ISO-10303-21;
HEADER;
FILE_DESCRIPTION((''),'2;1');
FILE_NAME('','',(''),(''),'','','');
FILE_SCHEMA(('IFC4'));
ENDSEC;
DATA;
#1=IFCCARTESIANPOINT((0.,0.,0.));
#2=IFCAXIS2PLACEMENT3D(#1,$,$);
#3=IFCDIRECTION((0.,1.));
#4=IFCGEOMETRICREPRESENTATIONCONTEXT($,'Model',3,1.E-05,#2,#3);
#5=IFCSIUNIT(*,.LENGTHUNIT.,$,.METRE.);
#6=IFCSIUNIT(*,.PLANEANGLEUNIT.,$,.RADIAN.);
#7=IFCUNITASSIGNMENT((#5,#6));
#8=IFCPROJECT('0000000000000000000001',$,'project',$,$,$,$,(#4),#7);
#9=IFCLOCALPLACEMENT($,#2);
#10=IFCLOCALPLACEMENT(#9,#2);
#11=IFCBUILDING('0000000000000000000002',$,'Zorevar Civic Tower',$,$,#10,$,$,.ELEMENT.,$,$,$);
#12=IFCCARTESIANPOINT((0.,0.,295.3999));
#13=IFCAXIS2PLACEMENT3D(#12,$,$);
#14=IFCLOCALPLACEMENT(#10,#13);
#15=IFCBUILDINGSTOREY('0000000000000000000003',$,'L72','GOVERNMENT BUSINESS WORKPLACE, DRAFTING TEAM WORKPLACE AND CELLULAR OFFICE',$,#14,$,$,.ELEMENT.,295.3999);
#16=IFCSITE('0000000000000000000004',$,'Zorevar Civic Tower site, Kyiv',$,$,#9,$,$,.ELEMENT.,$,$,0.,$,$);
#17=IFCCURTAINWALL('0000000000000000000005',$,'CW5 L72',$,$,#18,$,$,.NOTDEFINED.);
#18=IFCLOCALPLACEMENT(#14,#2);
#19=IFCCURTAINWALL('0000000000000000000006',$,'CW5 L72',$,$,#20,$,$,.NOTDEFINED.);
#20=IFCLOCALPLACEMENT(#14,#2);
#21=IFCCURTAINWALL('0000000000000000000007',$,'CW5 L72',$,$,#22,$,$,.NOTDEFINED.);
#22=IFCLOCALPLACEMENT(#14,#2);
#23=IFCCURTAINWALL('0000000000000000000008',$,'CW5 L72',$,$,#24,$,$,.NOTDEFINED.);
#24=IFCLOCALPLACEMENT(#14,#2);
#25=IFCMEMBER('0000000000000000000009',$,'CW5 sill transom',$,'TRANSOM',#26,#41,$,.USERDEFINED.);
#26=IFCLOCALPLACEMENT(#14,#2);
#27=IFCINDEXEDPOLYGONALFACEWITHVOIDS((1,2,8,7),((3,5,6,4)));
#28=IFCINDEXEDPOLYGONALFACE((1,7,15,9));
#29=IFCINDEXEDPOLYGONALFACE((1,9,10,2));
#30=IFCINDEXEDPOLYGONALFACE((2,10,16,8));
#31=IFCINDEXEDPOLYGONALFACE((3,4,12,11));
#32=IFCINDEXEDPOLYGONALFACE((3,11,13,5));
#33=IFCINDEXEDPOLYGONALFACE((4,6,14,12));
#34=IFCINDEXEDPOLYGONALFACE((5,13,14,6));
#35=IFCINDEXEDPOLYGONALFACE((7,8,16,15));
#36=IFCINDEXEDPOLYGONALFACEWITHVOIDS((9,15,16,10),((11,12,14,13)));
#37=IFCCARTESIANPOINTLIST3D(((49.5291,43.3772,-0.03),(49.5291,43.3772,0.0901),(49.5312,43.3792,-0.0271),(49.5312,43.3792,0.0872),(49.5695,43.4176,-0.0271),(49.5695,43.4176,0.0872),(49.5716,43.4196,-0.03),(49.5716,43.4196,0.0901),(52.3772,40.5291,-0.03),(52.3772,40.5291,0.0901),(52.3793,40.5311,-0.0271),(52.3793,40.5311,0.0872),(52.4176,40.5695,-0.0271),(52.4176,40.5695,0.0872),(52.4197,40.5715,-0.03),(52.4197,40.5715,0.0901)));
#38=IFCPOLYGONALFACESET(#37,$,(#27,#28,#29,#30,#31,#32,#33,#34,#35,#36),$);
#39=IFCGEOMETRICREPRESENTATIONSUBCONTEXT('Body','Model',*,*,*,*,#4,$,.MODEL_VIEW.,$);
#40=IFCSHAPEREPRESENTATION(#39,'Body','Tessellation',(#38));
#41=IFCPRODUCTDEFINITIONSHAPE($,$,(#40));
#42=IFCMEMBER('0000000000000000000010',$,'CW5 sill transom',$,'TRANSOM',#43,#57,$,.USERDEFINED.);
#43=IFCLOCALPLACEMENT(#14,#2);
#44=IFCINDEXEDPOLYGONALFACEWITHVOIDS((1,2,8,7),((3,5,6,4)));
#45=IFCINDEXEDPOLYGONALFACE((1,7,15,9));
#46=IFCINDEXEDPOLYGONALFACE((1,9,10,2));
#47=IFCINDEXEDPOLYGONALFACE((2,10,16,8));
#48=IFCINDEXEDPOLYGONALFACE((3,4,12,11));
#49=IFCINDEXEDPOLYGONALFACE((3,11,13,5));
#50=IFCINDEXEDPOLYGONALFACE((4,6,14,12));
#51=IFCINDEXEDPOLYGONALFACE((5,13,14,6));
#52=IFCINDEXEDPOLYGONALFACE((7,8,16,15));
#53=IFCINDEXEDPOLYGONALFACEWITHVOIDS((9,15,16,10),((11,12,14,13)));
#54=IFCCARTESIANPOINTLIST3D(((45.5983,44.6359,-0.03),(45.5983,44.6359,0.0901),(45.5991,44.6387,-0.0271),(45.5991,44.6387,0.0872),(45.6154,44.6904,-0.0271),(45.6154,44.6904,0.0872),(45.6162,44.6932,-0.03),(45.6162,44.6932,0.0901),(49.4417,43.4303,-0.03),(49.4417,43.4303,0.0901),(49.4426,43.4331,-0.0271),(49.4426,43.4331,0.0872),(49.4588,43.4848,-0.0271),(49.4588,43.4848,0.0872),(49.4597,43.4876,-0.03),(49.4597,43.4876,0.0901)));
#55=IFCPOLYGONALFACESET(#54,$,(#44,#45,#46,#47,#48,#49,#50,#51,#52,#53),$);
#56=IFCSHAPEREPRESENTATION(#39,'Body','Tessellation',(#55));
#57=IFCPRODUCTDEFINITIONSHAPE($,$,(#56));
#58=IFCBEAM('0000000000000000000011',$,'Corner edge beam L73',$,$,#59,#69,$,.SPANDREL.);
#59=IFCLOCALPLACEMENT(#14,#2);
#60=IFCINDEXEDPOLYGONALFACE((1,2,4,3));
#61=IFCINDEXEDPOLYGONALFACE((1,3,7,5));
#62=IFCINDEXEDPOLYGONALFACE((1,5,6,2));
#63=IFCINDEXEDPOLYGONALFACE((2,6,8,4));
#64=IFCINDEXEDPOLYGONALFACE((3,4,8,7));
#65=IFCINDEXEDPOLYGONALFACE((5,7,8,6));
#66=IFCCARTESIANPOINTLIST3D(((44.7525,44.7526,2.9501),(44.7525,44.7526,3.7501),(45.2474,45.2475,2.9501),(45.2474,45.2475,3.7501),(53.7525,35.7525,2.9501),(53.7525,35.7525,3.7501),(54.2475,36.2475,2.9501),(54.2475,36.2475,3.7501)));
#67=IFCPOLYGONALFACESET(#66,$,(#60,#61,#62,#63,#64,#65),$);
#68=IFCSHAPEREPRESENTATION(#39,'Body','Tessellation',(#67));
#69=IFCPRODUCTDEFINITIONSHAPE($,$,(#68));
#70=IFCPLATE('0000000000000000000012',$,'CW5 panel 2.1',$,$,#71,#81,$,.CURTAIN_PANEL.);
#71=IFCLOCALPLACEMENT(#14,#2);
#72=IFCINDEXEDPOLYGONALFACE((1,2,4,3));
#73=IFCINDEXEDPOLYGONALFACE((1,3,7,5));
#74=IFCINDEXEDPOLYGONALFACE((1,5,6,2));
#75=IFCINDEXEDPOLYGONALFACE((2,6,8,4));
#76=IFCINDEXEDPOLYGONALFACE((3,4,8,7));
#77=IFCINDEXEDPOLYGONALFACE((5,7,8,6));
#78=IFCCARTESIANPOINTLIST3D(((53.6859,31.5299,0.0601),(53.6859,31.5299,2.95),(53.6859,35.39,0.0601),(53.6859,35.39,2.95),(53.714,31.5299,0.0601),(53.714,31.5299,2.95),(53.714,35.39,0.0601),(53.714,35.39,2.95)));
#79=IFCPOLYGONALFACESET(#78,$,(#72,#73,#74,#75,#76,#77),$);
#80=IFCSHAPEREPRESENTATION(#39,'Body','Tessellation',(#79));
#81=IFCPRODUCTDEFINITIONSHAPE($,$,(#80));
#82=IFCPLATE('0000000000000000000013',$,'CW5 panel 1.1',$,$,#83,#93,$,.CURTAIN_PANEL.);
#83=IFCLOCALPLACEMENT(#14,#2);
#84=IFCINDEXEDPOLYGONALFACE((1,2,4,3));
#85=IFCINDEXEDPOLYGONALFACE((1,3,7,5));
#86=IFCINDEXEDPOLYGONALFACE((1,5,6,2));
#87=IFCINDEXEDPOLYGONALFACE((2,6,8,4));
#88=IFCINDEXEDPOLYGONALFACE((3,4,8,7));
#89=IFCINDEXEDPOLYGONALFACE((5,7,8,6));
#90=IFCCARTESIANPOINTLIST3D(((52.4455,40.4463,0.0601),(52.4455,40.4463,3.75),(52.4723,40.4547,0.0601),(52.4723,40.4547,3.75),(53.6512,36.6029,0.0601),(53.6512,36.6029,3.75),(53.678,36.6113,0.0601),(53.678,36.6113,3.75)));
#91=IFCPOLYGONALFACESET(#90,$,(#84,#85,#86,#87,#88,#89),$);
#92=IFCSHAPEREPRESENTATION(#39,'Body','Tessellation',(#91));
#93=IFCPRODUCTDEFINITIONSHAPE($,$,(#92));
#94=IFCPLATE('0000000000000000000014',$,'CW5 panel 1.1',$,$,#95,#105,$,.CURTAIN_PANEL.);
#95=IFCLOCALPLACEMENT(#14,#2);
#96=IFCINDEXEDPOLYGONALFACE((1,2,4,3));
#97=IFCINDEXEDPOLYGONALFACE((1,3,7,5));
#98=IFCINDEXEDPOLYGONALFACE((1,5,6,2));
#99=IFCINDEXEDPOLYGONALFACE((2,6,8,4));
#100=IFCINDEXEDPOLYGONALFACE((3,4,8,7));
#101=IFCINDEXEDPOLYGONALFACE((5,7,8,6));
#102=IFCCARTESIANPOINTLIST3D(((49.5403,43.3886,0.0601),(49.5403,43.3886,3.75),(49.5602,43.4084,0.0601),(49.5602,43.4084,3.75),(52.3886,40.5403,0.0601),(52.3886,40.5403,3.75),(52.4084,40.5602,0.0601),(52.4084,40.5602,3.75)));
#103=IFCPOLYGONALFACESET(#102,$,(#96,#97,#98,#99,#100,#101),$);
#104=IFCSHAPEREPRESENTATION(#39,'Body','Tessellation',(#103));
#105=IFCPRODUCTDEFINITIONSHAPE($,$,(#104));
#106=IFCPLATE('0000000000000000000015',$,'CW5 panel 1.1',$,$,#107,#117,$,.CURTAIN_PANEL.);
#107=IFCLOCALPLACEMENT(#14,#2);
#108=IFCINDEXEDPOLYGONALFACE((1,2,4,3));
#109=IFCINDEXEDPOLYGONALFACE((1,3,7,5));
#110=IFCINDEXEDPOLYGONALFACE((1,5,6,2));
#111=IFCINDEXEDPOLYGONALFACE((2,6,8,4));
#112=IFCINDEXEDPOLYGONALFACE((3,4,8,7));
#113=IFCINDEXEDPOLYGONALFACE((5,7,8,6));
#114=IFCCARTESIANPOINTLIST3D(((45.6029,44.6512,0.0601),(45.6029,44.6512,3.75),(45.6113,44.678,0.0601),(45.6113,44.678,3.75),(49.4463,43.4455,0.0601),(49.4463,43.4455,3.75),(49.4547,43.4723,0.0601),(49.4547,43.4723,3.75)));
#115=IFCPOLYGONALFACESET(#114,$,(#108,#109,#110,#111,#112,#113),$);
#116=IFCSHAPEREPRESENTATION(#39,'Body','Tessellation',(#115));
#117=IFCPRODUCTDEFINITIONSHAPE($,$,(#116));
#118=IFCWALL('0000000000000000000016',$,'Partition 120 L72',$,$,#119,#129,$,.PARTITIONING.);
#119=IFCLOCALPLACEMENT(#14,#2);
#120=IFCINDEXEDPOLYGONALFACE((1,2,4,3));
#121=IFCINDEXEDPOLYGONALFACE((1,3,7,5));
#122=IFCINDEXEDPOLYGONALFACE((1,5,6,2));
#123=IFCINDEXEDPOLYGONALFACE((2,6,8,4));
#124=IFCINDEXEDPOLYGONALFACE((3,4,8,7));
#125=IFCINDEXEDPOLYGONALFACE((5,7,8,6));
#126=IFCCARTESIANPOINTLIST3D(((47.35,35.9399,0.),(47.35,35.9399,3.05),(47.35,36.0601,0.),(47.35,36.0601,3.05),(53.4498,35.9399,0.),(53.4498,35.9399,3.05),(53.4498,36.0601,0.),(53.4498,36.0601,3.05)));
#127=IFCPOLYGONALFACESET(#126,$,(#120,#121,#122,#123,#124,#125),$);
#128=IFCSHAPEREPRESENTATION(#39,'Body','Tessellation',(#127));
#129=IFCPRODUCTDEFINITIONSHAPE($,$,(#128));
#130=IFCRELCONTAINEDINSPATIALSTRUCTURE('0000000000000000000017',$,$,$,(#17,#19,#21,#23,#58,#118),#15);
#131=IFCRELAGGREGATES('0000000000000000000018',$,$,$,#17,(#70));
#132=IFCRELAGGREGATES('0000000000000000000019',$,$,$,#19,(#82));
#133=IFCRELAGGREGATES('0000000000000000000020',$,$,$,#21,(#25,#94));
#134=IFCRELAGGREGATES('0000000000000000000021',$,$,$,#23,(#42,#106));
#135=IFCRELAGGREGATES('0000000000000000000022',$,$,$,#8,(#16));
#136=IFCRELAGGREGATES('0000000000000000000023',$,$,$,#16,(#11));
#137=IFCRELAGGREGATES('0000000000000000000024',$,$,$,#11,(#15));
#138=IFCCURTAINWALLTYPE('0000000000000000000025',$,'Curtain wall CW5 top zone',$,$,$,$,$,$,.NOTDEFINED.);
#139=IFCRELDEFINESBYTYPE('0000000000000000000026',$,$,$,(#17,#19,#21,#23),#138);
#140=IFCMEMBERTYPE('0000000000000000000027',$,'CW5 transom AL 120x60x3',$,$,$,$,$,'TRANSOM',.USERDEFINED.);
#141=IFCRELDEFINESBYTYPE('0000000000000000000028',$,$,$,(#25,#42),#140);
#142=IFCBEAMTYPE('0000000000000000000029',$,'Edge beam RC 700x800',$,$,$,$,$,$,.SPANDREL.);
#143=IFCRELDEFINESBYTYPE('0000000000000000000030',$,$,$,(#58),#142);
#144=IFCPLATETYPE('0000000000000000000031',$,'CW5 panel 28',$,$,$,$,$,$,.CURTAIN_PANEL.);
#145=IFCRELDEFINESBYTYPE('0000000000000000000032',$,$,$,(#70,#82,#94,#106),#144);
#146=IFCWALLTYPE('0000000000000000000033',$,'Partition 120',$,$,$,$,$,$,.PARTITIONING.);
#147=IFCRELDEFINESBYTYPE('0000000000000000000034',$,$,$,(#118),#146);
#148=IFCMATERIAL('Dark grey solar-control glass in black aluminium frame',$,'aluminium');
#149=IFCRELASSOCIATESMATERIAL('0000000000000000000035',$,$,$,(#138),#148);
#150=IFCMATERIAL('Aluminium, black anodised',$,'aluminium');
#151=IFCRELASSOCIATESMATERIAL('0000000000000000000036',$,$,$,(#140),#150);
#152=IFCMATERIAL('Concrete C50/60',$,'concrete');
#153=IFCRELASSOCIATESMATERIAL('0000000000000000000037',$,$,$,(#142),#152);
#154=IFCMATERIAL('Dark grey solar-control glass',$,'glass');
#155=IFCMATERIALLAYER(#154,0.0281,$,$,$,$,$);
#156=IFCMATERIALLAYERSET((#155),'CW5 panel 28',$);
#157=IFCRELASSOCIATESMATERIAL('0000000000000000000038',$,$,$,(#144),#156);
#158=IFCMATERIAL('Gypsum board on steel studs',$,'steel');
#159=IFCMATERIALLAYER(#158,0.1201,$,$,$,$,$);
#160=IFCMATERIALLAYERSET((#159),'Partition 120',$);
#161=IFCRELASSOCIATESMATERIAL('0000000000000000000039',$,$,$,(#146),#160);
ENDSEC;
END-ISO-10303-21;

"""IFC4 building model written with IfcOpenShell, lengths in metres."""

from ifc_helpers import new_model, si_unit, direction, frame, frame_2d, origin, origin_2d, place, context, subcontext, project, spatial, rectangle, hollow_rectangle, extrude, material, layer, layer_set, material_profile, profile_set, type_object, element, aggregate, save


model = new_model("IFC4")

# Units and contexts
model_context = context("Model", 3, precision=1e-05, world=origin(), true_north=direction((0.0, 1.0)))
body_context = subcontext(model_context, "Body", "Model", "MODEL_VIEW")
ifc_project = project(units=[si_unit("LENGTHUNIT", "METRE"), si_unit("PLANEANGLEUNIT", "RADIAN")], contexts=[model_context])

# Site, building, storey
site_placement = place(None, origin())
site = spatial("IfcSite", under=ifc_project, at=site_placement, Name="Zorevar Civic Tower site, Kyiv", CompositionType="ELEMENT", RefElevation=0.0)
building_placement = place(site_placement, origin())
building = spatial("IfcBuilding", under=site, at=building_placement, Name="Zorevar Civic Tower", CompositionType="ELEMENT")
storey_placement = place(building_placement, frame((0.0, 0.0, 295.3999)))
storey = spatial("IfcBuildingStorey", under=building, at=storey_placement, Name="L72", Description="GOVERNMENT BUSINESS WORKPLACE, DRAFTING TEAM WORKPLACE AND CELLULAR OFFICE", CompositionType="ELEMENT", Elevation=295.3999)

# Curtain walls
ifc_material_1 = material(Name="Dark grey solar-control glass in black aluminium frame", Category="aluminium")
curtain_wall_type = type_object("IfcCurtainWallType", Name="Curtain wall CW5 top zone", PredefinedType="NOTDEFINED", material=ifc_material_1)
curtain_wall_1_placement = place(storey_placement, origin())
curtain_wall_1 = element("IfcCurtainWall", 1, at=curtain_wall_1_placement, inside=storey, type_object=curtain_wall_type, Name="CW5 L72", PredefinedType="NOTDEFINED")
curtain_wall_2_placement = place(storey_placement, origin())
curtain_wall_2 = element("IfcCurtainWall", 2, at=curtain_wall_2_placement, inside=storey, type_object=curtain_wall_type, Name="CW5 L72", PredefinedType="NOTDEFINED")
curtain_wall_3_placement = place(storey_placement, origin())
curtain_wall_3 = element("IfcCurtainWall", 3, at=curtain_wall_3_placement, inside=storey, type_object=curtain_wall_type, Name="CW5 L72", PredefinedType="NOTDEFINED")
curtain_wall_4_placement = place(storey_placement, origin())
curtain_wall_4 = element("IfcCurtainWall", 4, at=curtain_wall_4_placement, inside=storey, type_object=curtain_wall_type, Name="CW5 L72", PredefinedType="NOTDEFINED")

# Members
ifc_material_2 = material(Name="Aluminium, black anodised", Category="aluminium")
ifc_material_profile_1 = material_profile(ifc_material_2, hollow_rectangle(XDim=0.0601, YDim=0.1201, WallThickness=0.0029, at=origin_2d()), Name="AL 120x60x3")
ifc_profile_set_1 = profile_set([ifc_material_profile_1], Name="Aluminium, black anodised")
member_type_1 = type_object("IfcMemberType", Name="CW5 transom AL 120x60x3", ElementType="TRANSOM", PredefinedType="USERDEFINED", material=ifc_profile_set_1)
member_1_placement = place(storey_placement, frame((52.3984, 40.5503, 0.03), z_axis=(-0.707107, 0.707107, 0.0), x_axis=(-0.707107, -0.707107, 0.0)))
member_1 = element("IfcMember", 5, at=member_1_placement, type_object=member_type_1, Name="CW5 sill transom", ObjectType="TRANSOM", PredefinedType="USERDEFINED", context=body_context, shape_type="SweptSolid", body=[
    extrude(hollow_rectangle(XDim=0.0601, YDim=0.1201, WallThickness=0.0029, at=origin_2d()), origin(), (0.0, 0.0, 1.0), 4.0278),
])
member_2_placement = place(storey_placement, frame((49.4507, 43.459, 0.03), z_axis=(-0.954163, 0.299286, 0.0), x_axis=(-0.299286, -0.954163, 0.0)))
member_2 = element("IfcMember", 6, at=member_2_placement, type_object=member_type_1, Name="CW5 sill transom", ObjectType="TRANSOM", PredefinedType="USERDEFINED", context=body_context, shape_type="SweptSolid", body=[
    extrude(hollow_rectangle(XDim=0.0601, YDim=0.1201, WallThickness=0.0029, at=origin_2d()), origin(), (0.0, 0.0, 1.0), 4.0281),
])

# Beam
ifc_material_3 = material(Name="Concrete C50/60", Category="concrete")
ifc_material_profile_2 = material_profile(ifc_material_3, rectangle(XDim=0.7, YDim=0.8, at=origin_2d()), Name="RC 700x800")
ifc_profile_set_2 = profile_set([ifc_material_profile_2], Name="Concrete C50/60")
beam_type_1 = type_object("IfcBeamType", Name="Edge beam RC 700x800", PredefinedType="SPANDREL", material=ifc_profile_set_2)
beam_1_placement = place(storey_placement, frame((54.0, 36.0, 3.3501), z_axis=(-0.707107, 0.707107, 0.0), x_axis=(-0.707107, -0.707107, 0.0)))
element("IfcBeam", 7, at=beam_1_placement, inside=storey, type_object=beam_type_1, Name="Corner edge beam L73", PredefinedType="SPANDREL", context=body_context, shape_type="SweptSolid", body=[
    extrude(rectangle(XDim=0.7, YDim=0.8, at=origin_2d()), origin(), (0.0, 0.0, 1.0), 12.728),
])

# Plates
ifc_material_4 = material(Name="Dark grey solar-control glass", Category="glass")
ifc_layer_1 = layer(ifc_material_4, 0.0281)
ifc_layer_set_1 = layer_set([ifc_layer_1], Name="CW5 panel 28")
plate_type = type_object("IfcPlateType", Name="CW5 panel 28", PredefinedType="CURTAIN_PANEL", material=ifc_layer_set_1)
plate_1_placement = place(storey_placement, frame((53.7, 33.46, 0.0601), z_axis=(0.0, 0.0, 1.0), x_axis=(0.0, 1.0, 0.0)))
plate_1 = element("IfcPlate", 8, at=plate_1_placement, type_object=plate_type, Name="CW5 panel 2.1", PredefinedType="CURTAIN_PANEL", context=body_context, shape_type="SweptSolid", body=[
    extrude(rectangle(XDim=3.8601, YDim=0.0281, at=origin_2d()), origin(), (0.0, 0.0, 1.0), 2.8899),
])
aggregate(curtain_wall_1, [plate_1])
plate_2_placement = place(storey_placement, frame((53.0618, 38.5288, 0.0601), z_axis=(0.0, 0.0, 1.0), x_axis=(-0.299318, 0.954153, 0.0)))
plate_2 = element("IfcPlate", 9, at=plate_2_placement, type_object=plate_type, Name="CW5 panel 1.1", PredefinedType="CURTAIN_PANEL", context=body_context, shape_type="SweptSolid", body=[
    extrude(rectangle(XDim=4.0281, YDim=0.0281, at=origin_2d()), origin(), (0.0, 0.0, 1.0), 3.6899),
])
aggregate(curtain_wall_2, [plate_2])
plate_3_placement = place(storey_placement, frame((50.9744, 41.9744, 0.0601), z_axis=(0.0, 0.0, 1.0), x_axis=(-0.707107, 0.707107, 0.0)))
plate_3 = element("IfcPlate", 10, at=plate_3_placement, type_object=plate_type, Name="CW5 panel 1.1", PredefinedType="CURTAIN_PANEL", context=body_context, shape_type="SweptSolid", body=[
    extrude(rectangle(XDim=4.0281, YDim=0.0281, at=origin_2d()), origin(), (0.0, 0.0, 1.0), 3.6899),
])
aggregate(curtain_wall_3, [member_1, plate_3])
plate_4_placement = place(storey_placement, frame((47.5288, 44.0618, 0.0601), z_axis=(0.0, 0.0, 1.0), x_axis=(-0.954153, 0.299318, 0.0)))
plate_4 = element("IfcPlate", 11, at=plate_4_placement, type_object=plate_type, Name="CW5 panel 1.1", PredefinedType="CURTAIN_PANEL", context=body_context, shape_type="SweptSolid", body=[
    extrude(rectangle(XDim=4.0281, YDim=0.0281, at=origin_2d()), origin(), (0.0, 0.0, 1.0), 3.6899),
])
aggregate(curtain_wall_4, [member_2, plate_4])

# Wall
ifc_material_5 = material(Name="Gypsum board on steel studs", Category="steel")
ifc_layer_2 = layer(ifc_material_5, 0.1201)
ifc_layer_set_2 = layer_set([ifc_layer_2], Name="Partition 120")
wall_type_1 = type_object("IfcWallType", Name="Partition 120", PredefinedType="PARTITIONING", material=ifc_layer_set_2)
wall_1_placement = place(storey_placement, frame((47.3501, 36.0, 0.0), z_axis=(0.0, 0.0, 1.0), x_axis=(1.0, 0.0, 0.0)))
element("IfcWall", 12, at=wall_1_placement, inside=storey, type_object=wall_type_1, Name="Partition 120 L72", PredefinedType="PARTITIONING", context=body_context, shape_type="SweptSolid", body=[
    extrude(rectangle(XDim=6.0999, YDim=0.1201, at=frame_2d((3.0498, 0.0))), origin(), (0.0, 0.0, 1.0), 3.05),
])

save(model, "model.ifc")
